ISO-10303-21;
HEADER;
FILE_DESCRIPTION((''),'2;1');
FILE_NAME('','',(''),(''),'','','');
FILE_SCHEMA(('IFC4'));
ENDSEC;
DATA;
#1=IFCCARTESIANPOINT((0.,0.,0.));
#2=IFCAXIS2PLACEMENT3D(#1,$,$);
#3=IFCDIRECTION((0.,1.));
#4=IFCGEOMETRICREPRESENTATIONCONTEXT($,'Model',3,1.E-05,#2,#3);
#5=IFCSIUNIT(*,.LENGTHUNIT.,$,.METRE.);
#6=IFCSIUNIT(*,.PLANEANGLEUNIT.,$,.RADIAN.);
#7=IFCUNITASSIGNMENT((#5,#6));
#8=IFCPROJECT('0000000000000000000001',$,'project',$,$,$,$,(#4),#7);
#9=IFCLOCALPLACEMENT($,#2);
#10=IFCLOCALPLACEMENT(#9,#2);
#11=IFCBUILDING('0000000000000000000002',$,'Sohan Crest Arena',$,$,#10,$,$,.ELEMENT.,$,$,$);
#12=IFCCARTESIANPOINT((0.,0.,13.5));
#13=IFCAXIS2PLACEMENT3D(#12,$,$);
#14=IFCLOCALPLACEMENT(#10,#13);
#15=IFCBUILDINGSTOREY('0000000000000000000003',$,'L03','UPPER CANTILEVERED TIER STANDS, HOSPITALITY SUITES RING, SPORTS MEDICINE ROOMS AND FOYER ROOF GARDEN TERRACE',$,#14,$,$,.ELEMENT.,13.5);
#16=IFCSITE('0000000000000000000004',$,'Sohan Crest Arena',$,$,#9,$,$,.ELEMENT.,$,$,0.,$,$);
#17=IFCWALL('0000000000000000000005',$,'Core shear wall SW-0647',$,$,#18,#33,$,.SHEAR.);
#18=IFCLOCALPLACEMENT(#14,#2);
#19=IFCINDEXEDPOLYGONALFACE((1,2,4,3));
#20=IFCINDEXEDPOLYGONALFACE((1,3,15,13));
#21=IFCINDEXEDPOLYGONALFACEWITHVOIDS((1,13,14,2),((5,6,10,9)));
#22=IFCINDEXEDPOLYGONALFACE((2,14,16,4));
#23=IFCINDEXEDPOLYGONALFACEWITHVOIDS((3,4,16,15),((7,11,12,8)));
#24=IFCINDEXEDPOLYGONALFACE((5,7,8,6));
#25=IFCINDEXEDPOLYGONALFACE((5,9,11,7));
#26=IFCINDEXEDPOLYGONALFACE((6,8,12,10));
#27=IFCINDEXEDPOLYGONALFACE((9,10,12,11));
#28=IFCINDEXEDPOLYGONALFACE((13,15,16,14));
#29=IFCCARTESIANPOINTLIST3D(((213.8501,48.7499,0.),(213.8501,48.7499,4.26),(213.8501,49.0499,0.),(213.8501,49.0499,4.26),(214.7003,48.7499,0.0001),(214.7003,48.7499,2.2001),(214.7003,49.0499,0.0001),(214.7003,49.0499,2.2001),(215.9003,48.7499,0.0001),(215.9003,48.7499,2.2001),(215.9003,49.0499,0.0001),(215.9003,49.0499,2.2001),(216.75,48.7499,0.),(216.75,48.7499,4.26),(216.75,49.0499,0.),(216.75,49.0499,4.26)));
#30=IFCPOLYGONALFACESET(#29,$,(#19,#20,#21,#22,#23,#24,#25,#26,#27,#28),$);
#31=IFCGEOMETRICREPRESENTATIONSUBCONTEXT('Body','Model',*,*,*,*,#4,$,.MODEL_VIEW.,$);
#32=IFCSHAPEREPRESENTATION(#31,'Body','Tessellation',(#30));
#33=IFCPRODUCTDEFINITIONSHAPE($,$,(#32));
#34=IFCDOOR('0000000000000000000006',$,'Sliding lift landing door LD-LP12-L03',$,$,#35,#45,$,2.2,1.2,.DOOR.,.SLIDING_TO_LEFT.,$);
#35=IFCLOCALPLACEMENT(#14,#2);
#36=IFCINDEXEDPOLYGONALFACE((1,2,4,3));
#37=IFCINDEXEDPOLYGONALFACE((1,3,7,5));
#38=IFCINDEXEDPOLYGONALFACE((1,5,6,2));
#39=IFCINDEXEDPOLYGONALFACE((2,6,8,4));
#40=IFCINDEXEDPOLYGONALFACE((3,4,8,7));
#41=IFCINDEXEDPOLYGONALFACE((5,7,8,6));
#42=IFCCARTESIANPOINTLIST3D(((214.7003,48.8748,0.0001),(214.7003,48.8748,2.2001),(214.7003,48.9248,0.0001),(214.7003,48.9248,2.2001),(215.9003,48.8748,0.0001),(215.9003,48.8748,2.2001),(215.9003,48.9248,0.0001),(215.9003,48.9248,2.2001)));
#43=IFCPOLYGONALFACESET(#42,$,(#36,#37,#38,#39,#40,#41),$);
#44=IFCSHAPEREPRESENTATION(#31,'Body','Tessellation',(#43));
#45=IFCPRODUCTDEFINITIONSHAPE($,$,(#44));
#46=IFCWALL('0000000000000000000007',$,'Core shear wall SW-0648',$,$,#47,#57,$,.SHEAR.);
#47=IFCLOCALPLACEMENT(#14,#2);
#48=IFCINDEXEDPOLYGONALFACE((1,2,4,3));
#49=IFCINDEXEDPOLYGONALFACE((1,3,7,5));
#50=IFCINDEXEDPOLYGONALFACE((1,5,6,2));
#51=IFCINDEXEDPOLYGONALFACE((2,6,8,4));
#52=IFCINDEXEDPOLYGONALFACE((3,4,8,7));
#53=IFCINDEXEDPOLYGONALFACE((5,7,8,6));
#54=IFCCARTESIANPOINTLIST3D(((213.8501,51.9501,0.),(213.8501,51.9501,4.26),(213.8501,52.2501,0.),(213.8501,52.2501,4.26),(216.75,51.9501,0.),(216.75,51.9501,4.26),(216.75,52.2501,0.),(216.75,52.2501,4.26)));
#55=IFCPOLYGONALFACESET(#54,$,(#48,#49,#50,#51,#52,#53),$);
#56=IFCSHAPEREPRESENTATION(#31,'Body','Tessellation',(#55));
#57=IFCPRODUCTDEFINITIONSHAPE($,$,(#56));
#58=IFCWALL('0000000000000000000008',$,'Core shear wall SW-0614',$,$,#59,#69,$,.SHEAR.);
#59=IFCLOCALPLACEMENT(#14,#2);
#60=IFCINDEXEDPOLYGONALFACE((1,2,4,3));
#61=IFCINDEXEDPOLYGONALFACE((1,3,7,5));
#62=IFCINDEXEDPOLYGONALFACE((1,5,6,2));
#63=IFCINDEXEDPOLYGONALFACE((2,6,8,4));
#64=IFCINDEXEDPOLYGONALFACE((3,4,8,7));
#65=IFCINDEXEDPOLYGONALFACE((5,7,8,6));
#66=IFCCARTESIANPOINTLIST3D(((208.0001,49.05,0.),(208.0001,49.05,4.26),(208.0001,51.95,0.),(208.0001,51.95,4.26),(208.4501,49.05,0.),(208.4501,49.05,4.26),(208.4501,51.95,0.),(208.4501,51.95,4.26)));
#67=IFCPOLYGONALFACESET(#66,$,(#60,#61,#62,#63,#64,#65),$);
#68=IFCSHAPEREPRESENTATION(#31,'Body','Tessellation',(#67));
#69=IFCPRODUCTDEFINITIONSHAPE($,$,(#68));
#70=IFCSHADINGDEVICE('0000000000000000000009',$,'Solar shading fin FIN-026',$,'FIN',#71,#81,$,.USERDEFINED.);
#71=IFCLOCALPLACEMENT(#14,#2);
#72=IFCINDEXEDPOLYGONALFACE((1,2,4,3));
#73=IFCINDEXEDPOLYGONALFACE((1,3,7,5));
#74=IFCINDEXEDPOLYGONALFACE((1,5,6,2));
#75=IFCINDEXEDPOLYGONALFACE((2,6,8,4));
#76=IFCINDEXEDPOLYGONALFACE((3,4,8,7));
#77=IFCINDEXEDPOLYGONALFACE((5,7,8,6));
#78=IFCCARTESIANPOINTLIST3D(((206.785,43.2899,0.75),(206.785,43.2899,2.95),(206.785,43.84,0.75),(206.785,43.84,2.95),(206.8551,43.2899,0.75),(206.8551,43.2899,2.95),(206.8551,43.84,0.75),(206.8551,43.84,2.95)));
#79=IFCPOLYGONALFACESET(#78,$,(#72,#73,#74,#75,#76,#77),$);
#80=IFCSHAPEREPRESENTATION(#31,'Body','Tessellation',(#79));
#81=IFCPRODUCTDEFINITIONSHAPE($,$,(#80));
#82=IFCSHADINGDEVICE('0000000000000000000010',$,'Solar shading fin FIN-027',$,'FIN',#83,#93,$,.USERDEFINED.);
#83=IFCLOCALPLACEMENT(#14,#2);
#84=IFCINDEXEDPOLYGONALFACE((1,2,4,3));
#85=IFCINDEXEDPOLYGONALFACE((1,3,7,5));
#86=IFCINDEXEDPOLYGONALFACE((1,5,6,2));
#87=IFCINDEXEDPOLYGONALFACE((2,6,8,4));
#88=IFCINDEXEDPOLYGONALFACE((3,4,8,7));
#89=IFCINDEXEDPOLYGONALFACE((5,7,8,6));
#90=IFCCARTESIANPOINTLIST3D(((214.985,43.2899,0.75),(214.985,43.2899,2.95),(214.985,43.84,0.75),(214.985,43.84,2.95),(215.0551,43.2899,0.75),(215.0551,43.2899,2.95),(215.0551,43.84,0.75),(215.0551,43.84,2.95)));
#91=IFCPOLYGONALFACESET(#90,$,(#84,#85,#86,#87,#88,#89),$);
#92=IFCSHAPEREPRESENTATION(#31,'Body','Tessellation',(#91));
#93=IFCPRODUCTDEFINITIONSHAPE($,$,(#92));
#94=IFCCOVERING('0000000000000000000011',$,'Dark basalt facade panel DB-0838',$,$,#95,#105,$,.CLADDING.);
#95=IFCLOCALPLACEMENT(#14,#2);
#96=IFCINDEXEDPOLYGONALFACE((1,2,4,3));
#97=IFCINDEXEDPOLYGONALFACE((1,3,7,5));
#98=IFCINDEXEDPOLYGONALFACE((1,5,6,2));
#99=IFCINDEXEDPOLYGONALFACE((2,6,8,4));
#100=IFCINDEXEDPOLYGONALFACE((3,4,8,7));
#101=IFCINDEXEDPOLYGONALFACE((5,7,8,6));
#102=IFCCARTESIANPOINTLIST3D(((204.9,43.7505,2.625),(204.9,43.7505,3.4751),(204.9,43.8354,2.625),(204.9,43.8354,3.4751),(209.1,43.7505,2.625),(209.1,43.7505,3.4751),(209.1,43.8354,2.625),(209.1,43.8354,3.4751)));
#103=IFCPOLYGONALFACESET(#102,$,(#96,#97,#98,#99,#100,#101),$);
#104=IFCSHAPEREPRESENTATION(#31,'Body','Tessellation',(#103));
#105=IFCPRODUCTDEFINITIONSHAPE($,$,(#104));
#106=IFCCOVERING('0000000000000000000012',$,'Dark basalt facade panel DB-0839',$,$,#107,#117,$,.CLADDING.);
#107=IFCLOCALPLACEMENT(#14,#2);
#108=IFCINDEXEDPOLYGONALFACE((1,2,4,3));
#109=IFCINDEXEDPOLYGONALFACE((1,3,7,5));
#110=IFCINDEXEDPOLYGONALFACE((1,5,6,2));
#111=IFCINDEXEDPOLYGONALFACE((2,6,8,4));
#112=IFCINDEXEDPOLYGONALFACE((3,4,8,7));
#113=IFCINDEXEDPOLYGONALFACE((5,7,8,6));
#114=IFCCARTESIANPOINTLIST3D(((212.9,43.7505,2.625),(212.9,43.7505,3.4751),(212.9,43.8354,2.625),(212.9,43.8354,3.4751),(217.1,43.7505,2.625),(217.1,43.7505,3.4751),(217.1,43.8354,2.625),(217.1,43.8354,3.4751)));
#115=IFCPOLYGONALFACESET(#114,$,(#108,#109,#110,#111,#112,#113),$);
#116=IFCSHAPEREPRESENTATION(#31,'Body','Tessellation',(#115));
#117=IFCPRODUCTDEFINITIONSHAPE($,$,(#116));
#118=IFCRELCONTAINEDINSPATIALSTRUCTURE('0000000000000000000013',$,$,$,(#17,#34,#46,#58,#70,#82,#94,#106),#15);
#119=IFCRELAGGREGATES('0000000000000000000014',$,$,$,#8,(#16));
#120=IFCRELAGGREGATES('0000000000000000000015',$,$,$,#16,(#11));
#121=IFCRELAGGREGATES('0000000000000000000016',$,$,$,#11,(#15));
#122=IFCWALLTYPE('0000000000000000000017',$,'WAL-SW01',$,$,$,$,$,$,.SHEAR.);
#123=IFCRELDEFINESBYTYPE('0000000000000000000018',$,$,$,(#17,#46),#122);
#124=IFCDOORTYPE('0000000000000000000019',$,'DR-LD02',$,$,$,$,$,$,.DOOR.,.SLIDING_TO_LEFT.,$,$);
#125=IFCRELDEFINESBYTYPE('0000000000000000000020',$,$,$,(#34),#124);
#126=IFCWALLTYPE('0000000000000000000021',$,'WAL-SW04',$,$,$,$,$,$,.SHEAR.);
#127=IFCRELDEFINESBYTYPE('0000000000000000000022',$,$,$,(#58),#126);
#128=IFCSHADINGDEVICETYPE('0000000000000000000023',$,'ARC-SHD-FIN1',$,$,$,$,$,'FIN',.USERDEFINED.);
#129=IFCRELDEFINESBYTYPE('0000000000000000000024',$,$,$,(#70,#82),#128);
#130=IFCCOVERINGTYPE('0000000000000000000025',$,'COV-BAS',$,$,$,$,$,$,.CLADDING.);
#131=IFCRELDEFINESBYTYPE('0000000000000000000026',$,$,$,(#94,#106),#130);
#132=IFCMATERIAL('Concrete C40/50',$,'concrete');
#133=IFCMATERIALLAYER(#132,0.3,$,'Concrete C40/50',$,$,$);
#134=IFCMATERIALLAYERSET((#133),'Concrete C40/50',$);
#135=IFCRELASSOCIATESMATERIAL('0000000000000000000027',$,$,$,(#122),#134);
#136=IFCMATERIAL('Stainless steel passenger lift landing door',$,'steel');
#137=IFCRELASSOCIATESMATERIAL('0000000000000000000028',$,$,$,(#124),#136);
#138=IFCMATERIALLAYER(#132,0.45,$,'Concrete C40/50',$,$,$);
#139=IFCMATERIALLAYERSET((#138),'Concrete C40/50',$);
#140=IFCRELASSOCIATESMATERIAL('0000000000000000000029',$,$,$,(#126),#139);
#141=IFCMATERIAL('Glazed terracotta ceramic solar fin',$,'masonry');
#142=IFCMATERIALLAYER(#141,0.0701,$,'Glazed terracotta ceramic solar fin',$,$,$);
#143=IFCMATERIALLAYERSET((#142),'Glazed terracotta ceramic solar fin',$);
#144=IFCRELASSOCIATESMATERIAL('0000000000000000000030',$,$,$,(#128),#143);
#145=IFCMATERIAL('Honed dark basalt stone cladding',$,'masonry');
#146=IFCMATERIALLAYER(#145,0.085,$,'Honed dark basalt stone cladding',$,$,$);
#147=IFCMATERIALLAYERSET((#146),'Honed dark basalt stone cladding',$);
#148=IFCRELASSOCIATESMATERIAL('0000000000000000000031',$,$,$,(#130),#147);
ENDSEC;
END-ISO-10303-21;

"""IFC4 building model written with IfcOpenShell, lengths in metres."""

from ifc_helpers import new_model, si_unit, direction, frame, frame_2d, origin, origin_2d, place, context, subcontext, project, spatial, rectangle, extrude, material, layer, layer_set, type_object, element, fill, save


model = new_model("IFC4")

# Units and contexts
model_context = context("Model", 3, precision=1e-05, world=origin(), true_north=direction((0.0, 1.0)))
body_context = subcontext(model_context, "Body", "Model", "MODEL_VIEW")
ifc_project = project(units=[si_unit("LENGTHUNIT", "METRE"), si_unit("PLANEANGLEUNIT", "RADIAN")], contexts=[model_context])

# Site, building, storey
site_placement = place(None, origin())
site = spatial("IfcSite", under=ifc_project, at=site_placement, Name="Sohan Crest Arena", CompositionType="ELEMENT", RefElevation=0.0)
building_placement = place(site_placement, origin())
building = spatial("IfcBuilding", under=site, at=building_placement, Name="Sohan Crest Arena", CompositionType="ELEMENT")
storey_placement = place(building_placement, frame((0.0, 0.0, 13.5)))
storey = spatial("IfcBuildingStorey", under=building, at=storey_placement, Name="L03", Description="UPPER CANTILEVERED TIER STANDS, HOSPITALITY SUITES RING, SPORTS MEDICINE ROOMS AND FOYER ROOF GARDEN TERRACE", CompositionType="ELEMENT", Elevation=13.5)

# Shared definitions
ifc_material_1 = material(Name="Concrete C40/50", Category="concrete")

# Shared definitions
ifc_layer_1 = layer(ifc_material_1, 0.3, Name="Concrete C40/50")
ifc_layer_set_1 = layer_set([ifc_layer_1], Name="Concrete C40/50")
wall_type_1 = type_object("IfcWallType", Name="WAL-SW01", PredefinedType="SHEAR", material=ifc_layer_set_1)

# Wall, opening, door
wall_1_placement = place(storey_placement, frame((213.8501, 48.8999, 0.0), z_axis=(0.0, 0.0, 1.0), x_axis=(1.0, 0.0, 0.0)))
wall_1 = element("IfcWall", 1, at=wall_1_placement, inside=storey, type_object=wall_type_1, Name="Core shear wall SW-0647", PredefinedType="SHEAR", context=body_context, shape_type="SweptSolid", body=[
    extrude(rectangle(XDim=2.8999, YDim=0.3, at=frame_2d((1.45, 0.0))), origin(), (0.0, 0.0, 1.0), 4.26),
])
opening_placement = place(wall_1_placement, frame((0.8501, 0.0, 0.0)))
opening = element("IfcOpeningElement", 2, at=opening_placement, cuts=wall_1, PredefinedType="OPENING", context=body_context, shape_type="SweptSolid", body=[
    extrude(rectangle(XDim=1.2, YDim=2.2, at=frame_2d((0.6001, 1.1001))), frame((0.0, 0.1599, 0.0), z_axis=(0.0, -1.0, 0.0), x_axis=(1.0, 0.0, 0.0)), (0.0, 0.0, 1.0), 0.3201),
])
ifc_material_2 = material(Name="Stainless steel passenger lift landing door", Category="steel")
door_type = type_object("IfcDoorType", Name="DR-LD02", OperationType="SLIDING_TO_LEFT", PredefinedType="DOOR", material=ifc_material_2)
door_placement = place(opening_placement, origin())
door = element("IfcDoor", 3, at=door_placement, inside=storey, type_object=door_type, Name="Sliding lift landing door LD-LP12-L03", OperationType="SLIDING_TO_LEFT", OverallHeight=2.2, OverallWidth=1.2, PredefinedType="DOOR", context=body_context, shape_type="SweptSolid", body=[
    extrude(rectangle(XDim=1.2, YDim=2.2, at=frame_2d((0.6001, 1.1001))), frame((0.0, 0.0249, 0.0), z_axis=(0.0, -1.0, 0.0), x_axis=(1.0, 0.0, 0.0)), (0.0, 0.0, 1.0), 0.05),
])
fill(opening, door)

# Walls
wall_2_placement = place(storey_placement, frame((213.8501, 52.1001, 0.0), z_axis=(0.0, 0.0, 1.0), x_axis=(1.0, 0.0, 0.0)))
element("IfcWall", 4, at=wall_2_placement, inside=storey, type_object=wall_type_1, Name="Core shear wall SW-0648", PredefinedType="SHEAR", context=body_context, shape_type="SweptSolid", body=[
    extrude(rectangle(XDim=2.8999, YDim=0.3, at=frame_2d((1.45, 0.0))), origin(), (0.0, 0.0, 1.0), 4.26),
])
ifc_layer_2 = layer(ifc_material_1, 0.45, Name="Concrete C40/50")
ifc_layer_set_2 = layer_set([ifc_layer_2], Name="Concrete C40/50")
wall_type_2 = type_object("IfcWallType", Name="WAL-SW04", PredefinedType="SHEAR", material=ifc_layer_set_2)
wall_3_placement = place(storey_placement, frame((208.2251, 49.05, 0.0), z_axis=(0.0, 0.0, 1.0), x_axis=(0.0, 1.0, 0.0)))
element("IfcWall", 5, at=wall_3_placement, inside=storey, type_object=wall_type_2, Name="Core shear wall SW-0614", PredefinedType="SHEAR", context=body_context, shape_type="SweptSolid", body=[
    extrude(rectangle(XDim=2.8999, YDim=0.45, at=frame_2d((1.45, 0.0))), origin(), (0.0, 0.0, 1.0), 4.26),
])

# Shading devices
ifc_material_3 = material(Name="Glazed terracotta ceramic solar fin", Category="masonry")
ifc_layer_3 = layer(ifc_material_3, 0.0701, Name="Glazed terracotta ceramic solar fin")
ifc_layer_set_3 = layer_set([ifc_layer_3], Name="Glazed terracotta ceramic solar fin")
shading_device_type = type_object("IfcShadingDeviceType", Name="ARC-SHD-FIN1", ElementType="FIN", PredefinedType="USERDEFINED", material=ifc_layer_set_3)
for number, where, z_axis, x_axis, name in (
    (6, (206.8201, 43.5649, 0.75), (0.0, 0.0, 1.0), (1.0, 0.0, 0.0), "Solar shading fin FIN-026"),
    (7, (215.02, 43.5649, 0.75), (0.0, 0.0, 1.0), (1.0, 0.0, 0.0), "Solar shading fin FIN-027"),
):
    element("IfcShadingDevice", number, at=place(storey_placement, frame(where, z_axis=z_axis, x_axis=x_axis)), inside=storey, type_object=shading_device_type, Name=name, ObjectType="FIN", PredefinedType="USERDEFINED", context=body_context, shape_type="SweptSolid", body=[
        extrude(rectangle(XDim=0.0701, YDim=0.55, at=origin_2d()), origin(), (0.0, 0.0, 1.0), 2.2),
    ])

# Coverings
ifc_material_4 = material(Name="Honed dark basalt stone cladding", Category="masonry")
ifc_layer_4 = layer(ifc_material_4, 0.085, Name="Honed dark basalt stone cladding")
ifc_layer_set_4 = layer_set([ifc_layer_4], Name="Honed dark basalt stone cladding")
covering_type = type_object("IfcCoveringType", Name="COV-BAS", PredefinedType="CLADDING", material=ifc_layer_set_4)
for number, where, z_axis, x_axis, name in (
    (8, (207.0, 43.793, 2.625), (0.0, 0.0, 1.0), (1.0, 0.0, 0.0), "Dark basalt facade panel DB-0838"),
    (9, (215.0, 43.793, 2.625), (0.0, 0.0, 1.0), (1.0, 0.0, 0.0), "Dark basalt facade panel DB-0839"),
):
    element("IfcCovering", number, at=place(storey_placement, frame(where, z_axis=z_axis, x_axis=x_axis)), inside=storey, type_object=covering_type, Name=name, PredefinedType="CLADDING", context=body_context, shape_type="SweptSolid", body=[
        extrude(rectangle(XDim=4.2, YDim=0.085, at=origin_2d()), origin(), (0.0, 0.0, 1.0), 0.8501),
    ])

save(model, "model.ifc")
